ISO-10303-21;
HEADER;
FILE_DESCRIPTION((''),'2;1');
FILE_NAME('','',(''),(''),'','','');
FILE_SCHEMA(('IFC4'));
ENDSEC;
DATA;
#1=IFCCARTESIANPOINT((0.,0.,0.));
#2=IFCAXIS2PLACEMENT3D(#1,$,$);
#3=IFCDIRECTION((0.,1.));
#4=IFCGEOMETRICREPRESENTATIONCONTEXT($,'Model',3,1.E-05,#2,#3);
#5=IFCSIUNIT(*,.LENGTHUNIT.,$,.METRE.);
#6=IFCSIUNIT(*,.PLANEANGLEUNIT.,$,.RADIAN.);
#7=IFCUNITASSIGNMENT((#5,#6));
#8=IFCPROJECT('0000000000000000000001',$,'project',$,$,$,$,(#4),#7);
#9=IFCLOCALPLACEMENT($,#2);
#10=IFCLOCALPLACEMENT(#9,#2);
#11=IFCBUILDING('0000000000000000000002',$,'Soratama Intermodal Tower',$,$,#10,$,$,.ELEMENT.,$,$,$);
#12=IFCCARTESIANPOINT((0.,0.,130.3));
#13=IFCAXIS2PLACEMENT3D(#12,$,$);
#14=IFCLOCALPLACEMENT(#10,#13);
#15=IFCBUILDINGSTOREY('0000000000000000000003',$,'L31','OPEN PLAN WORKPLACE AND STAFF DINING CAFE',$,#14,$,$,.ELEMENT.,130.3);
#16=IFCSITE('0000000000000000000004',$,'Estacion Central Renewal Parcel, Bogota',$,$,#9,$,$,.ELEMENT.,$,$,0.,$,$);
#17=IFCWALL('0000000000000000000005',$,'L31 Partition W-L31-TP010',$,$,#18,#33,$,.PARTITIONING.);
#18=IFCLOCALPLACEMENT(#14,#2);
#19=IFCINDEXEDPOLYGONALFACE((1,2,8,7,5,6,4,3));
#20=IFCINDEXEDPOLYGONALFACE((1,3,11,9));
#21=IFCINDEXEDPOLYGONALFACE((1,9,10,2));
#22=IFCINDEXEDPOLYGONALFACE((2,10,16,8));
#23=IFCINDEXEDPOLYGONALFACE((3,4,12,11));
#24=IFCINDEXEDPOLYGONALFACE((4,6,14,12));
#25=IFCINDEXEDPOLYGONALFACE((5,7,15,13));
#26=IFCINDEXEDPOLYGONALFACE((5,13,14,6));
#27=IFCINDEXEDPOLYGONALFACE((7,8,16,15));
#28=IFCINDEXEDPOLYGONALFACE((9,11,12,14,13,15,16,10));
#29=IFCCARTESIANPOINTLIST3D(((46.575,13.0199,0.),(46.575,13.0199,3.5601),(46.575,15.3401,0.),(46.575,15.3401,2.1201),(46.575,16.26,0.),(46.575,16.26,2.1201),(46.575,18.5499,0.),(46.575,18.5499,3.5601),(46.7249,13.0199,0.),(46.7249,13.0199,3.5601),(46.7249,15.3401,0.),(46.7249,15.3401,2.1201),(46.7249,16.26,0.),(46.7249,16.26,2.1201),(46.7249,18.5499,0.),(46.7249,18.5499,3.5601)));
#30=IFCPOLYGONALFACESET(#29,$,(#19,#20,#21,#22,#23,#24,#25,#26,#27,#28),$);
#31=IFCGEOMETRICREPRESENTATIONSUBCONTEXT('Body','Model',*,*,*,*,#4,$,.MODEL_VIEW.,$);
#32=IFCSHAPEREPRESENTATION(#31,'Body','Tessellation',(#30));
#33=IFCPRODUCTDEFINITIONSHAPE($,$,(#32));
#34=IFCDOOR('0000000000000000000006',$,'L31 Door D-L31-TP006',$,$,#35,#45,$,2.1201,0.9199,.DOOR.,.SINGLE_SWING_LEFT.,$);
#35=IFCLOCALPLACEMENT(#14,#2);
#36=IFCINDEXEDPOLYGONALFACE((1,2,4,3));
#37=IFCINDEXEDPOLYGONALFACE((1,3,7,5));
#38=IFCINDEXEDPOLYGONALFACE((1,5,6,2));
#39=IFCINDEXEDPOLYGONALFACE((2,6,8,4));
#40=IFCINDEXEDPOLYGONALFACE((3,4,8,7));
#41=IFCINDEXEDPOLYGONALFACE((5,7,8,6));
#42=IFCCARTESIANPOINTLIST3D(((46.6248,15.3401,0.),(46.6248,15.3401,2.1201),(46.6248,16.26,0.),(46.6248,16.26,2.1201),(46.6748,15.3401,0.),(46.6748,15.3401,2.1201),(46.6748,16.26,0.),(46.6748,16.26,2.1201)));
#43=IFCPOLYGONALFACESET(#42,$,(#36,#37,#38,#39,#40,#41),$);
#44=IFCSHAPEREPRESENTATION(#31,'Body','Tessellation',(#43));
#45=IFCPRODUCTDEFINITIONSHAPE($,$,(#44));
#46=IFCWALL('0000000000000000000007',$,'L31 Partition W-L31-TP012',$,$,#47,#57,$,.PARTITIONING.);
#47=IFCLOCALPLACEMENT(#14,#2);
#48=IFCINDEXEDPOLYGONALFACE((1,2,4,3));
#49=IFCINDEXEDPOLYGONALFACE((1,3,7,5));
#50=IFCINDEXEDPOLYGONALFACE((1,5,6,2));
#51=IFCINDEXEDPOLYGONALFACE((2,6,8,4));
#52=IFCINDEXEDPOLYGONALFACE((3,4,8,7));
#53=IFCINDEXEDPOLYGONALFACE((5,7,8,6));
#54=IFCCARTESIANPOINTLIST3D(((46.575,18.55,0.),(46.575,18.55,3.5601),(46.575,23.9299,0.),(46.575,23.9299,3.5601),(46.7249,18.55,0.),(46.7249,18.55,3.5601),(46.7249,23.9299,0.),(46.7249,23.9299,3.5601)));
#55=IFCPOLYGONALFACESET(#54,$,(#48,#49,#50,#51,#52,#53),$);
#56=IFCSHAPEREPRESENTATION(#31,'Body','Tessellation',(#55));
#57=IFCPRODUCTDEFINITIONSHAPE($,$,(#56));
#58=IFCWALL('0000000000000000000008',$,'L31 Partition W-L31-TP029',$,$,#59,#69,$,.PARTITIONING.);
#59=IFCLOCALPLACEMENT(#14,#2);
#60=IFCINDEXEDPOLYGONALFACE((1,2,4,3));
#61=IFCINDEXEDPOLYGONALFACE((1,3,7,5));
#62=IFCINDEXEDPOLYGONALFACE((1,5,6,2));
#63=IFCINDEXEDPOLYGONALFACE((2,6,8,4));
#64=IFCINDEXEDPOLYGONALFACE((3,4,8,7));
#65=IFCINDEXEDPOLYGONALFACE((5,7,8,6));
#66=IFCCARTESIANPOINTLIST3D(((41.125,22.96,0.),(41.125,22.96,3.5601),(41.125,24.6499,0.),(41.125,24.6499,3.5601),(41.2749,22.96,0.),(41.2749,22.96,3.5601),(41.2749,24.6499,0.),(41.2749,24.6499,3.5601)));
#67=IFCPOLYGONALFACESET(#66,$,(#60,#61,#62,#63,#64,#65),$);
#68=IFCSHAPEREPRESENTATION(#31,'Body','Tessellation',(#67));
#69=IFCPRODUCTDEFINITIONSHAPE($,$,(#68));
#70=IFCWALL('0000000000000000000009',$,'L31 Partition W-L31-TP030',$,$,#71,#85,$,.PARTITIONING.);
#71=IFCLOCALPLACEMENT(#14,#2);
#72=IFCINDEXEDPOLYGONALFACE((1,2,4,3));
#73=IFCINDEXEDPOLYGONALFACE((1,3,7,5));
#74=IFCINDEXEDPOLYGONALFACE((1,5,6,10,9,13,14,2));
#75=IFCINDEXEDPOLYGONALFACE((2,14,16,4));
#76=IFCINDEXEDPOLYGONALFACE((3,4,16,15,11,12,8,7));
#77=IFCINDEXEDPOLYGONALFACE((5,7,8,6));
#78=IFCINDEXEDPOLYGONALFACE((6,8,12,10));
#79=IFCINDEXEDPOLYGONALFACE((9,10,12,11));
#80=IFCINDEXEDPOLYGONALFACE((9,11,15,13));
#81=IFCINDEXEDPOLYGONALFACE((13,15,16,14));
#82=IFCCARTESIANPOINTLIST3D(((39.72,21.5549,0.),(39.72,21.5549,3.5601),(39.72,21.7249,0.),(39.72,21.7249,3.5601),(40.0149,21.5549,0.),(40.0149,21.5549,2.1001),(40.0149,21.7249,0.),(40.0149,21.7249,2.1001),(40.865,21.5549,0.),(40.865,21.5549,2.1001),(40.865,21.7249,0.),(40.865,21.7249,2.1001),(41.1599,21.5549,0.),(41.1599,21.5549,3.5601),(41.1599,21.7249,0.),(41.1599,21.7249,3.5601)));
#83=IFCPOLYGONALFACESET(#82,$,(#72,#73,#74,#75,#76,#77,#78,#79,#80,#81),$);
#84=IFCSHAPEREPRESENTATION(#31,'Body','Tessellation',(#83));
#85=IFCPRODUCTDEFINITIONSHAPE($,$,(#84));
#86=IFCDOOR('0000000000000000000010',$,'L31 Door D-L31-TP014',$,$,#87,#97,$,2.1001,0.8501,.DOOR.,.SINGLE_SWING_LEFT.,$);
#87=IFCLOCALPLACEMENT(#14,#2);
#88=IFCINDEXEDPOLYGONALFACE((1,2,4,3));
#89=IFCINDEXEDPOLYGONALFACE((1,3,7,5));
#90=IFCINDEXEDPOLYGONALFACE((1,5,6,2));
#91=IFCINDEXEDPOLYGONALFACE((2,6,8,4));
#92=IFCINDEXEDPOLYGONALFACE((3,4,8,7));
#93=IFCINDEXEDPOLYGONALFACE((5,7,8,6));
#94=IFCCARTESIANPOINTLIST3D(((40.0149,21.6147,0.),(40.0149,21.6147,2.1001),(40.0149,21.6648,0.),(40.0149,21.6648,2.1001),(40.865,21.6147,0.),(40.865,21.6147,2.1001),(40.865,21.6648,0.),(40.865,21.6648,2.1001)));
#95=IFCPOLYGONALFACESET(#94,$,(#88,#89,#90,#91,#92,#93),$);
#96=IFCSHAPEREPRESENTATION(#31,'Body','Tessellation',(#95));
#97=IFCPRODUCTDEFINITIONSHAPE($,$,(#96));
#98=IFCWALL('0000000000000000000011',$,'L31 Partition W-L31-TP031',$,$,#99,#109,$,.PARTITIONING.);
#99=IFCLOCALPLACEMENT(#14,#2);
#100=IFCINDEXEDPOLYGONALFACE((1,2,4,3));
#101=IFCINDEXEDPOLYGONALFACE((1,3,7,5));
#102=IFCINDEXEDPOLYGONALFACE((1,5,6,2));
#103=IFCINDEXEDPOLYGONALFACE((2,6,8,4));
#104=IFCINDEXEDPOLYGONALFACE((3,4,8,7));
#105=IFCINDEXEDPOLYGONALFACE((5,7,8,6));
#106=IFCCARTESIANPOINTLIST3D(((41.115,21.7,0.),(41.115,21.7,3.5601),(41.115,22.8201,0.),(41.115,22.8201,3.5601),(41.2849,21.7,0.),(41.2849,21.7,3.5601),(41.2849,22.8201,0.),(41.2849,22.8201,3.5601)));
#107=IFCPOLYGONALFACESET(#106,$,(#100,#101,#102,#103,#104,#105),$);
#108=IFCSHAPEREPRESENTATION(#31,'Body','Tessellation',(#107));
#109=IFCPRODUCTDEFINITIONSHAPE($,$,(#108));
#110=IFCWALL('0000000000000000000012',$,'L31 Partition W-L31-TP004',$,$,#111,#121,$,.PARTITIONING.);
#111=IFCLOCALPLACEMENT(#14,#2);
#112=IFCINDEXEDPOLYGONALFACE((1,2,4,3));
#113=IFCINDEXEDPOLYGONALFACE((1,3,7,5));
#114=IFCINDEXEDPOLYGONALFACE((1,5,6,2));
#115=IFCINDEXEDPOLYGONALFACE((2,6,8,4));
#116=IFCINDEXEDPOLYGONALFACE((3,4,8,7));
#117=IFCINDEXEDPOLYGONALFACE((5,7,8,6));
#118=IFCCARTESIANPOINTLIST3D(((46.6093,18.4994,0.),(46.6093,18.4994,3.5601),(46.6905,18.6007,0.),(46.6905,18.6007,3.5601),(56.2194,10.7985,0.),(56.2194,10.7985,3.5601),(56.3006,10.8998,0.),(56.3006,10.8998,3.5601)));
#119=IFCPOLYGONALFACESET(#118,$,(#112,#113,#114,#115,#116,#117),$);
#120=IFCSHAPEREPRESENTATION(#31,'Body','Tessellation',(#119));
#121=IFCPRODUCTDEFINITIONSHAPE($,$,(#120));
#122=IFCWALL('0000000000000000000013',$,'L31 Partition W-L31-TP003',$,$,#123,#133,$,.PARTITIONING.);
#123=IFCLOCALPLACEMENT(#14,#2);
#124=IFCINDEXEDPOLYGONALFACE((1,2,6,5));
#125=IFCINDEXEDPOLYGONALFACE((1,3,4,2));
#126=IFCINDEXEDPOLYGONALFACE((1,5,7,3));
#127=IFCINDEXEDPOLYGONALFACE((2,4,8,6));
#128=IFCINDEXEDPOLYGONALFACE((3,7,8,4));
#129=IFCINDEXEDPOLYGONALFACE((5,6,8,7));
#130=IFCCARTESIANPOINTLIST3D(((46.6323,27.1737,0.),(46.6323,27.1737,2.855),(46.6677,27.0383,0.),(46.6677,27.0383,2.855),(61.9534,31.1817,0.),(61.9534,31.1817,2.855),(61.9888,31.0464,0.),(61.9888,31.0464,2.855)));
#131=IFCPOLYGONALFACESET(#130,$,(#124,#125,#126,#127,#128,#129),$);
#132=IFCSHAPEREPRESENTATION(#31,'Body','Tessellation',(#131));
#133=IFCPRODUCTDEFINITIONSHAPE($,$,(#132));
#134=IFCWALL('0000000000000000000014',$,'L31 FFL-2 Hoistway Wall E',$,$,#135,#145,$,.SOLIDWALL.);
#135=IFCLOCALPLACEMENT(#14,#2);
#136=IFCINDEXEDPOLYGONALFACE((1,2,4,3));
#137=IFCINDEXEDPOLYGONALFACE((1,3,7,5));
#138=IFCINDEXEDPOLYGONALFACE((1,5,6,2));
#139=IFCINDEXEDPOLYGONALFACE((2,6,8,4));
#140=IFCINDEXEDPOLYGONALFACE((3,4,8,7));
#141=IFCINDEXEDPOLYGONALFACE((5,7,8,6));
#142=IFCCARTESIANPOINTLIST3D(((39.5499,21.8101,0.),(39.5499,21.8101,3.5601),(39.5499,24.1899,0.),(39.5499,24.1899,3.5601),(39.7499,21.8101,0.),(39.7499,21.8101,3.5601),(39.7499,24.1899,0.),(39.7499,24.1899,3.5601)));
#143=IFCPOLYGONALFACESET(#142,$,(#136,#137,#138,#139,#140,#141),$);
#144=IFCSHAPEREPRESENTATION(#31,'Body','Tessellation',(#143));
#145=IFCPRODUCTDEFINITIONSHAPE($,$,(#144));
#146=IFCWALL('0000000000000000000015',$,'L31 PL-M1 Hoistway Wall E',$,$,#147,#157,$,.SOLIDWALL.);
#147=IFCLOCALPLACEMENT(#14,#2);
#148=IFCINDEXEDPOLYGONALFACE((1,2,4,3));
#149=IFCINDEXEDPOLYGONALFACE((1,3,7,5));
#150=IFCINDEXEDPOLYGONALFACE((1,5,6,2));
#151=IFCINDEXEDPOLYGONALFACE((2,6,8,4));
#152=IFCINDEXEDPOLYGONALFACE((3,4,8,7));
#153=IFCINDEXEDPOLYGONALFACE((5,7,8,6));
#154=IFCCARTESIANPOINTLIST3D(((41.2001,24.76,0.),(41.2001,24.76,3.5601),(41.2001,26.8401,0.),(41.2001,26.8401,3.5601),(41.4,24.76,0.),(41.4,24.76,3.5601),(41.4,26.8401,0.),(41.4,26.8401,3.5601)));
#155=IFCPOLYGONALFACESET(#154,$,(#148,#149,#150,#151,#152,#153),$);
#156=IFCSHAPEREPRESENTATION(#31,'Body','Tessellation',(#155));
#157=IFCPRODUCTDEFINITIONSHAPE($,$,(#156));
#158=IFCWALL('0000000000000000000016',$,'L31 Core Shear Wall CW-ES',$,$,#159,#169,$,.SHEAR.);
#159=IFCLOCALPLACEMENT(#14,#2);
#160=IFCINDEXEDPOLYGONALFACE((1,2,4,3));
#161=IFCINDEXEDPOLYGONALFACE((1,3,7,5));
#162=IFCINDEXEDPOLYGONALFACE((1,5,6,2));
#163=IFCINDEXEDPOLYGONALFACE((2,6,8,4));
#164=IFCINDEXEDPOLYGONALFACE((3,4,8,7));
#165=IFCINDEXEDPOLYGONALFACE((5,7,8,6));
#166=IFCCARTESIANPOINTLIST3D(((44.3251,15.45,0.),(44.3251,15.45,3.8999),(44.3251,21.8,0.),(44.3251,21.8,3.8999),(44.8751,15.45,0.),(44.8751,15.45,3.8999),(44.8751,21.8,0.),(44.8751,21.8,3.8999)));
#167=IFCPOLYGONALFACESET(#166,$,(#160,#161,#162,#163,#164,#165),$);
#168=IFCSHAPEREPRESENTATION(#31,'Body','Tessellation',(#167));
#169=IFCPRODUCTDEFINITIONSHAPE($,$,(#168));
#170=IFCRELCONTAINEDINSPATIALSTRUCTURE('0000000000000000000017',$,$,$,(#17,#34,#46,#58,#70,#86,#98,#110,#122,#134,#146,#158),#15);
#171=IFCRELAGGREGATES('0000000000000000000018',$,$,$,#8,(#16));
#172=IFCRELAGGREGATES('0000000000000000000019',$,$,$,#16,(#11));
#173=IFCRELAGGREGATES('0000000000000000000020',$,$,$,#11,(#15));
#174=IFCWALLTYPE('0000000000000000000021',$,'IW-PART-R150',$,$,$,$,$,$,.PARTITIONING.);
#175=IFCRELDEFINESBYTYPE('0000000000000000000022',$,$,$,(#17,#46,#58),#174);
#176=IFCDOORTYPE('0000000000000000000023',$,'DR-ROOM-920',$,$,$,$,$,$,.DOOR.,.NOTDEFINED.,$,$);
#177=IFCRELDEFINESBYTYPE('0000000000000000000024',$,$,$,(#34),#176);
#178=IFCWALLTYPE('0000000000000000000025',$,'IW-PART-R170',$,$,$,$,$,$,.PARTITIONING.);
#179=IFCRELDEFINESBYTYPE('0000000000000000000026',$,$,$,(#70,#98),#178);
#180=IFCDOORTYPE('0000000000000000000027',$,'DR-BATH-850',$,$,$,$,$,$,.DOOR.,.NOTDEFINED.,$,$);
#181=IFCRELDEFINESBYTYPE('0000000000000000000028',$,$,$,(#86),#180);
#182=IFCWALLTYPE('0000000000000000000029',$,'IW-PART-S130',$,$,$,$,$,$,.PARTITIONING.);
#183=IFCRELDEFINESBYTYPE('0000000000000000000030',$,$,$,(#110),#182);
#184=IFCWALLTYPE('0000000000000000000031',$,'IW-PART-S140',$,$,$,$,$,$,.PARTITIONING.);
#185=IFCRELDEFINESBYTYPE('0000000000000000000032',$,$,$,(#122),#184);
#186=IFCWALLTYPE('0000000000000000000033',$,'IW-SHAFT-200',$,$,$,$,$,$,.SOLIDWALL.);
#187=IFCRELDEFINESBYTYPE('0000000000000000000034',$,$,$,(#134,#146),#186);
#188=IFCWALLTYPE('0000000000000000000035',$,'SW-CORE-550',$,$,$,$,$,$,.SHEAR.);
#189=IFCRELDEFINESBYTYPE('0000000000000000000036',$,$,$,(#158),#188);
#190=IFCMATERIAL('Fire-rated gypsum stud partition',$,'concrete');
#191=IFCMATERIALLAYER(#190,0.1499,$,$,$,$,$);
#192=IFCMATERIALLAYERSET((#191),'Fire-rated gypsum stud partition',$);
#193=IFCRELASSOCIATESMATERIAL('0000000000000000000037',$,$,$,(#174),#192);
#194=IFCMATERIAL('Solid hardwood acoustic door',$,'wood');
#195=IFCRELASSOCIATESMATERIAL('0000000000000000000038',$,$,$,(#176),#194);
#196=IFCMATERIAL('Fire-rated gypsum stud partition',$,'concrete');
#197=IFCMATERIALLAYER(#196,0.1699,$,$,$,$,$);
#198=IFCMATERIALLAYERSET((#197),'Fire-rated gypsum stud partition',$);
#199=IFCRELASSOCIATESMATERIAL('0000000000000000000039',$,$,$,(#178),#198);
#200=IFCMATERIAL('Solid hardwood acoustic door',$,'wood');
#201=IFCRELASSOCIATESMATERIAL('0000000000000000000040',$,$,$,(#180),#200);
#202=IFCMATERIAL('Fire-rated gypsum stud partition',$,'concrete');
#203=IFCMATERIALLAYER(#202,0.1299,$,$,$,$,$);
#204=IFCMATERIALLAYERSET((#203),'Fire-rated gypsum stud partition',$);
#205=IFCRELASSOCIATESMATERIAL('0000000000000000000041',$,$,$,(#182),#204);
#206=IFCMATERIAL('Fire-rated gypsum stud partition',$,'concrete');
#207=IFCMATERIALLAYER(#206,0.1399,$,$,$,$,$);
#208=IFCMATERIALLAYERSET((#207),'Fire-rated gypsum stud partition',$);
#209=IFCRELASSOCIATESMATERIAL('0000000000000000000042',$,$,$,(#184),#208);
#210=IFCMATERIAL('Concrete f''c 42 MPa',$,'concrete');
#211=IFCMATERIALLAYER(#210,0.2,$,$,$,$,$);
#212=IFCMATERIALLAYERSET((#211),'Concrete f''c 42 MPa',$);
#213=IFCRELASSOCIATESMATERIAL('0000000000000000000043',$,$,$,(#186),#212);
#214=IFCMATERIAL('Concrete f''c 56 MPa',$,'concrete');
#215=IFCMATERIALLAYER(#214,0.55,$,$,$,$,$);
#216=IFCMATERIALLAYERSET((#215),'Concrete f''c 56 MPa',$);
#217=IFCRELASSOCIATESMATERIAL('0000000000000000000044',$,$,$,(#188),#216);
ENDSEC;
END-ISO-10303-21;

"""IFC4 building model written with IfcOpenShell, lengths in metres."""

from ifc_helpers import new_model, si_unit, direction, frame, frame_2d, origin, place, context, subcontext, project, spatial, rectangle, extrude, material, layer, layer_set, type_object, element, fill, save


model = new_model("IFC4")

# Units and contexts
model_context = context("Model", 3, precision=1e-05, world=origin(), true_north=direction((0.0, 1.0)))
body_context = subcontext(model_context, "Body", "Model", "MODEL_VIEW")
ifc_project = project(units=[si_unit("LENGTHUNIT", "METRE"), si_unit("PLANEANGLEUNIT", "RADIAN")], contexts=[model_context])

# Site, building, storey
site_placement = place(None, origin())
site = spatial("IfcSite", under=ifc_project, at=site_placement, Name="Estacion Central Renewal Parcel, Bogota", CompositionType="ELEMENT", RefElevation=0.0)
building_placement = place(site_placement, origin())
building = spatial("IfcBuilding", under=site, at=building_placement, Name="Soratama Intermodal Tower", CompositionType="ELEMENT")
storey_placement = place(building_placement, frame((0.0, 0.0, 130.3)))
storey = spatial("IfcBuildingStorey", under=building, at=storey_placement, Name="L31", Description="OPEN PLAN WORKPLACE AND STAFF DINING CAFE", CompositionType="ELEMENT", Elevation=130.3)

# Wall, opening, door
ifc_material_1 = material(Name="Fire-rated gypsum stud partition", Category="concrete")
ifc_layer_1 = layer(ifc_material_1, 0.1499)
ifc_layer_set_1 = layer_set([ifc_layer_1], Name="Fire-rated gypsum stud partition")
wall_type_1 = type_object("IfcWallType", Name="IW-PART-R150", PredefinedType="PARTITIONING", material=ifc_layer_set_1)
ifc_material_2 = material(Name="Solid hardwood acoustic door", Category="wood")
door_type_1 = type_object("IfcDoorType", Name="DR-ROOM-920", OperationType="NOTDEFINED", PredefinedType="DOOR", material=ifc_material_2)
wall_1_placement = place(storey_placement, frame((46.6499, 18.55, 0.0), z_axis=(0.0, 0.0, 1.0), x_axis=(0.0, -1.0, 0.0)))
wall_1 = element("IfcWall", 1, at=wall_1_placement, inside=storey, type_object=wall_type_1, Name="L31 Partition W-L31-TP010", PredefinedType="PARTITIONING", context=body_context, shape_type="SweptSolid", body=[
    extrude(rectangle(XDim=5.53, YDim=0.1499, at=frame_2d((2.7651, 0.0))), origin(), (0.0, 0.0, 1.0), 3.5601),
])
opening_1_placement = place(wall_1_placement, frame((2.29, 0.0, 0.0)))
opening_1 = element("IfcOpeningElement", 2, at=opening_1_placement, cuts=wall_1, PredefinedType="OPENING", context=body_context, shape_type="SweptSolid", body=[
    extrude(rectangle(XDim=0.9199, YDim=2.1201, at=frame_2d((0.46, 1.0601))), frame((0.0, 0.085, 0.0), z_axis=(0.0, -1.0, 0.0), x_axis=(1.0, 0.0, 0.0)), (0.0, 0.0, 1.0), 0.1699),
])
door_1_placement = place(opening_1_placement, origin())
door_1 = element("IfcDoor", 3, at=door_1_placement, inside=storey, type_object=door_type_1, Name="L31 Door D-L31-TP006", OperationType="SINGLE_SWING_LEFT", OverallHeight=2.1201, OverallWidth=0.9199, PredefinedType="DOOR", context=body_context, shape_type="SweptSolid", body=[
    extrude(rectangle(XDim=0.9199, YDim=2.1201, at=frame_2d((0.46, 1.0601))), frame((0.0, 0.0249, 0.0), z_axis=(0.0, -1.0, 0.0), x_axis=(1.0, 0.0, 0.0)), (0.0, 0.0, 1.0), 0.05),
])
fill(opening_1, door_1)

# Walls
wall_2_placement = place(storey_placement, frame((46.6499, 23.9299, 0.0), z_axis=(0.0, 0.0, 1.0), x_axis=(0.0, -1.0, 0.0)))
element("IfcWall", 4, at=wall_2_placement, inside=storey, type_object=wall_type_1, Name="L31 Partition W-L31-TP012", PredefinedType="PARTITIONING", context=body_context, shape_type="SweptSolid", body=[
    extrude(rectangle(XDim=5.3799, YDim=0.1499, at=frame_2d((2.6899, 0.0))), origin(), (0.0, 0.0, 1.0), 3.5601),
])
wall_3_placement = place(storey_placement, frame((41.2, 22.96, 0.0), z_axis=(0.0, 0.0, 1.0), x_axis=(0.0, 1.0, 0.0)))
element("IfcWall", 5, at=wall_3_placement, inside=storey, type_object=wall_type_1, Name="L31 Partition W-L31-TP029", PredefinedType="PARTITIONING", context=body_context, shape_type="SweptSolid", body=[
    extrude(rectangle(XDim=1.6899, YDim=0.1499, at=frame_2d((0.845, 0.0))), origin(), (0.0, 0.0, 1.0), 3.5601),
])

# Wall, opening, door
ifc_material_3 = material(Name="Fire-rated gypsum stud partition", Category="concrete")
ifc_layer_2 = layer(ifc_material_3, 0.1699)
ifc_layer_set_2 = layer_set([ifc_layer_2], Name="Fire-rated gypsum stud partition")
wall_type_2 = type_object("IfcWallType", Name="IW-PART-R170", PredefinedType="PARTITIONING", material=ifc_layer_set_2)
wall_4_placement = place(storey_placement, frame((39.72, 21.6399, 0.0), z_axis=(0.0, 0.0, 1.0), x_axis=(1.0, 0.0, 0.0)))
wall_4 = element("IfcWall", 6, at=wall_4_placement, inside=storey, type_object=wall_type_2, Name="L31 Partition W-L31-TP030", PredefinedType="PARTITIONING", context=body_context, shape_type="SweptSolid", body=[
    extrude(rectangle(XDim=1.4399, YDim=0.1699, at=frame_2d((0.72, 0.0))), origin(), (0.0, 0.0, 1.0), 3.5601),
])
opening_2_placement = place(wall_4_placement, frame((0.2949, 0.0, 0.0)))
opening_2 = element("IfcOpeningElement", 7, at=opening_2_placement, cuts=wall_4, PredefinedType="OPENING", context=body_context, shape_type="SweptSolid", body=[
    extrude(rectangle(XDim=0.8501, YDim=2.1001, at=frame_2d((0.425, 1.05))), frame((0.0, 0.095, 0.0), z_axis=(0.0, -1.0, 0.0), x_axis=(1.0, 0.0, 0.0)), (0.0, 0.0, 1.0), 0.1899),
])
ifc_material_4 = material(Name="Solid hardwood acoustic door", Category="wood")
door_type_2 = type_object("IfcDoorType", Name="DR-BATH-850", OperationType="NOTDEFINED", PredefinedType="DOOR", material=ifc_material_4)
door_2_placement = place(opening_2_placement, origin())
door_2 = element("IfcDoor", 8, at=door_2_placement, inside=storey, type_object=door_type_2, Name="L31 Door D-L31-TP014", OperationType="SINGLE_SWING_LEFT", OverallHeight=2.1001, OverallWidth=0.8501, PredefinedType="DOOR", context=body_context, shape_type="SweptSolid", body=[
    extrude(rectangle(XDim=0.8501, YDim=2.1001, at=frame_2d((0.425, 1.05))), frame((0.0, 0.0249, 0.0), z_axis=(0.0, -1.0, 0.0), x_axis=(1.0, 0.0, 0.0)), (0.0, 0.0, 1.0), 0.05),
])
fill(opening_2, door_2)

# Walls
wall_5_placement = place(storey_placement, frame((41.2, 21.7, 0.0), z_axis=(0.0, 0.0, 1.0), x_axis=(0.0, 1.0, 0.0)))
element("IfcWall", 9, at=wall_5_placement, inside=storey, type_object=wall_type_2, Name="L31 Partition W-L31-TP031", PredefinedType="PARTITIONING", context=body_context, shape_type="SweptSolid", body=[
    extrude(rectangle(XDim=1.1201, YDim=0.1699, at=frame_2d((0.5601, 0.0))), origin(), (0.0, 0.0, 1.0), 3.5601),
])
ifc_material_5 = material(Name="Fire-rated gypsum stud partition", Category="concrete")
ifc_layer_3 = layer(ifc_material_5, 0.1299)
ifc_layer_set_3 = layer_set([ifc_layer_3], Name="Fire-rated gypsum stud partition")
wall_type_3 = type_object("IfcWallType", Name="IW-PART-S130", PredefinedType="PARTITIONING", material=ifc_layer_set_3)
wall_6_placement = place(storey_placement, frame((46.6499, 18.55, 0.0), z_axis=(0.0, 0.0, 1.0), x_axis=(0.78036, -0.625331, 0.0)))
element("IfcWall", 10, at=wall_6_placement, inside=storey, type_object=wall_type_3, Name="L31 Partition W-L31-TP004", PredefinedType="PARTITIONING", context=body_context, shape_type="SweptSolid", body=[
    extrude(rectangle(XDim=12.3149, YDim=0.1299, at=frame_2d((6.1575, 0.0))), origin(), (0.0, 0.0, 1.0), 3.5601),
])
ifc_material_6 = material(Name="Fire-rated gypsum stud partition", Category="concrete")
ifc_layer_4 = layer(ifc_material_6, 0.1399)
ifc_layer_set_4 = layer_set([ifc_layer_4], Name="Fire-rated gypsum stud partition")
wall_type_4 = type_object("IfcWallType", Name="IW-PART-S140", PredefinedType="PARTITIONING", material=ifc_layer_set_4)
wall_7_placement = place(storey_placement, frame((46.6499, 27.106, 0.0), z_axis=(0.0, 0.0, 1.0), x_axis=(0.967443, 0.253088, 0.0)))
element("IfcWall", 11, at=wall_7_placement, inside=storey, type_object=wall_type_4, Name="L31 Partition W-L31-TP003", PredefinedType="PARTITIONING", context=body_context, shape_type="SweptSolid", body=[
    extrude(rectangle(XDim=15.8367, YDim=0.1399, at=frame_2d((7.9185, 0.0))), origin(), (0.0, 0.0, 1.0), 2.855),
])
ifc_material_7 = material(Name="Concrete f'c 42 MPa", Category="concrete")
ifc_layer_5 = layer(ifc_material_7, 0.2)
ifc_layer_set_5 = layer_set([ifc_layer_5], Name="Concrete f'c 42 MPa")
wall_type_5 = type_object("IfcWallType", Name="IW-SHAFT-200", PredefinedType="SOLIDWALL", material=ifc_layer_set_5)
wall_8_placement = place(storey_placement, frame((39.6499, 21.8101, 0.0), z_axis=(0.0, 0.0, 1.0), x_axis=(0.0, 1.0, 0.0)))
element("IfcWall", 12, at=wall_8_placement, inside=storey, type_object=wall_type_5, Name="L31 FFL-2 Hoistway Wall E", PredefinedType="SOLIDWALL", context=body_context, shape_type="SweptSolid", body=[
    extrude(rectangle(XDim=2.3799, YDim=0.2, at=frame_2d((1.1899, 0.0))), origin(), (0.0, 0.0, 1.0), 3.5601),
])
wall_9_placement = place(storey_placement, frame((41.3, 24.76, 0.0), z_axis=(0.0, 0.0, 1.0), x_axis=(0.0, 1.0, 0.0)))
element("IfcWall", 13, at=wall_9_placement, inside=storey, type_object=wall_type_5, Name="L31 PL-M1 Hoistway Wall E", PredefinedType="SOLIDWALL", context=body_context, shape_type="SweptSolid", body=[
    extrude(rectangle(XDim=2.0801, YDim=0.2, at=frame_2d((1.04, 0.0))), origin(), (0.0, 0.0, 1.0), 3.5601),
])
ifc_material_8 = material(Name="Concrete f'c 56 MPa", Category="concrete")
ifc_layer_6 = layer(ifc_material_8, 0.55)
ifc_layer_set_6 = layer_set([ifc_layer_6], Name="Concrete f'c 56 MPa")
wall_type_6 = type_object("IfcWallType", Name="SW-CORE-550", PredefinedType="SHEAR", material=ifc_layer_set_6)
wall_10_placement = place(storey_placement, frame((44.6001, 15.45, 0.0), z_axis=(0.0, 0.0, 1.0), x_axis=(0.0, 1.0, 0.0)))
element("IfcWall", 14, at=wall_10_placement, inside=storey, type_object=wall_type_6, Name="L31 Core Shear Wall CW-ES", PredefinedType="SHEAR", context=body_context, shape_type="SweptSolid", body=[
    extrude(rectangle(XDim=6.3501, YDim=0.55, at=frame_2d((3.175, 0.0))), origin(), (0.0, 0.0, 1.0), 3.8999),
])

save(model, "model.ifc")
